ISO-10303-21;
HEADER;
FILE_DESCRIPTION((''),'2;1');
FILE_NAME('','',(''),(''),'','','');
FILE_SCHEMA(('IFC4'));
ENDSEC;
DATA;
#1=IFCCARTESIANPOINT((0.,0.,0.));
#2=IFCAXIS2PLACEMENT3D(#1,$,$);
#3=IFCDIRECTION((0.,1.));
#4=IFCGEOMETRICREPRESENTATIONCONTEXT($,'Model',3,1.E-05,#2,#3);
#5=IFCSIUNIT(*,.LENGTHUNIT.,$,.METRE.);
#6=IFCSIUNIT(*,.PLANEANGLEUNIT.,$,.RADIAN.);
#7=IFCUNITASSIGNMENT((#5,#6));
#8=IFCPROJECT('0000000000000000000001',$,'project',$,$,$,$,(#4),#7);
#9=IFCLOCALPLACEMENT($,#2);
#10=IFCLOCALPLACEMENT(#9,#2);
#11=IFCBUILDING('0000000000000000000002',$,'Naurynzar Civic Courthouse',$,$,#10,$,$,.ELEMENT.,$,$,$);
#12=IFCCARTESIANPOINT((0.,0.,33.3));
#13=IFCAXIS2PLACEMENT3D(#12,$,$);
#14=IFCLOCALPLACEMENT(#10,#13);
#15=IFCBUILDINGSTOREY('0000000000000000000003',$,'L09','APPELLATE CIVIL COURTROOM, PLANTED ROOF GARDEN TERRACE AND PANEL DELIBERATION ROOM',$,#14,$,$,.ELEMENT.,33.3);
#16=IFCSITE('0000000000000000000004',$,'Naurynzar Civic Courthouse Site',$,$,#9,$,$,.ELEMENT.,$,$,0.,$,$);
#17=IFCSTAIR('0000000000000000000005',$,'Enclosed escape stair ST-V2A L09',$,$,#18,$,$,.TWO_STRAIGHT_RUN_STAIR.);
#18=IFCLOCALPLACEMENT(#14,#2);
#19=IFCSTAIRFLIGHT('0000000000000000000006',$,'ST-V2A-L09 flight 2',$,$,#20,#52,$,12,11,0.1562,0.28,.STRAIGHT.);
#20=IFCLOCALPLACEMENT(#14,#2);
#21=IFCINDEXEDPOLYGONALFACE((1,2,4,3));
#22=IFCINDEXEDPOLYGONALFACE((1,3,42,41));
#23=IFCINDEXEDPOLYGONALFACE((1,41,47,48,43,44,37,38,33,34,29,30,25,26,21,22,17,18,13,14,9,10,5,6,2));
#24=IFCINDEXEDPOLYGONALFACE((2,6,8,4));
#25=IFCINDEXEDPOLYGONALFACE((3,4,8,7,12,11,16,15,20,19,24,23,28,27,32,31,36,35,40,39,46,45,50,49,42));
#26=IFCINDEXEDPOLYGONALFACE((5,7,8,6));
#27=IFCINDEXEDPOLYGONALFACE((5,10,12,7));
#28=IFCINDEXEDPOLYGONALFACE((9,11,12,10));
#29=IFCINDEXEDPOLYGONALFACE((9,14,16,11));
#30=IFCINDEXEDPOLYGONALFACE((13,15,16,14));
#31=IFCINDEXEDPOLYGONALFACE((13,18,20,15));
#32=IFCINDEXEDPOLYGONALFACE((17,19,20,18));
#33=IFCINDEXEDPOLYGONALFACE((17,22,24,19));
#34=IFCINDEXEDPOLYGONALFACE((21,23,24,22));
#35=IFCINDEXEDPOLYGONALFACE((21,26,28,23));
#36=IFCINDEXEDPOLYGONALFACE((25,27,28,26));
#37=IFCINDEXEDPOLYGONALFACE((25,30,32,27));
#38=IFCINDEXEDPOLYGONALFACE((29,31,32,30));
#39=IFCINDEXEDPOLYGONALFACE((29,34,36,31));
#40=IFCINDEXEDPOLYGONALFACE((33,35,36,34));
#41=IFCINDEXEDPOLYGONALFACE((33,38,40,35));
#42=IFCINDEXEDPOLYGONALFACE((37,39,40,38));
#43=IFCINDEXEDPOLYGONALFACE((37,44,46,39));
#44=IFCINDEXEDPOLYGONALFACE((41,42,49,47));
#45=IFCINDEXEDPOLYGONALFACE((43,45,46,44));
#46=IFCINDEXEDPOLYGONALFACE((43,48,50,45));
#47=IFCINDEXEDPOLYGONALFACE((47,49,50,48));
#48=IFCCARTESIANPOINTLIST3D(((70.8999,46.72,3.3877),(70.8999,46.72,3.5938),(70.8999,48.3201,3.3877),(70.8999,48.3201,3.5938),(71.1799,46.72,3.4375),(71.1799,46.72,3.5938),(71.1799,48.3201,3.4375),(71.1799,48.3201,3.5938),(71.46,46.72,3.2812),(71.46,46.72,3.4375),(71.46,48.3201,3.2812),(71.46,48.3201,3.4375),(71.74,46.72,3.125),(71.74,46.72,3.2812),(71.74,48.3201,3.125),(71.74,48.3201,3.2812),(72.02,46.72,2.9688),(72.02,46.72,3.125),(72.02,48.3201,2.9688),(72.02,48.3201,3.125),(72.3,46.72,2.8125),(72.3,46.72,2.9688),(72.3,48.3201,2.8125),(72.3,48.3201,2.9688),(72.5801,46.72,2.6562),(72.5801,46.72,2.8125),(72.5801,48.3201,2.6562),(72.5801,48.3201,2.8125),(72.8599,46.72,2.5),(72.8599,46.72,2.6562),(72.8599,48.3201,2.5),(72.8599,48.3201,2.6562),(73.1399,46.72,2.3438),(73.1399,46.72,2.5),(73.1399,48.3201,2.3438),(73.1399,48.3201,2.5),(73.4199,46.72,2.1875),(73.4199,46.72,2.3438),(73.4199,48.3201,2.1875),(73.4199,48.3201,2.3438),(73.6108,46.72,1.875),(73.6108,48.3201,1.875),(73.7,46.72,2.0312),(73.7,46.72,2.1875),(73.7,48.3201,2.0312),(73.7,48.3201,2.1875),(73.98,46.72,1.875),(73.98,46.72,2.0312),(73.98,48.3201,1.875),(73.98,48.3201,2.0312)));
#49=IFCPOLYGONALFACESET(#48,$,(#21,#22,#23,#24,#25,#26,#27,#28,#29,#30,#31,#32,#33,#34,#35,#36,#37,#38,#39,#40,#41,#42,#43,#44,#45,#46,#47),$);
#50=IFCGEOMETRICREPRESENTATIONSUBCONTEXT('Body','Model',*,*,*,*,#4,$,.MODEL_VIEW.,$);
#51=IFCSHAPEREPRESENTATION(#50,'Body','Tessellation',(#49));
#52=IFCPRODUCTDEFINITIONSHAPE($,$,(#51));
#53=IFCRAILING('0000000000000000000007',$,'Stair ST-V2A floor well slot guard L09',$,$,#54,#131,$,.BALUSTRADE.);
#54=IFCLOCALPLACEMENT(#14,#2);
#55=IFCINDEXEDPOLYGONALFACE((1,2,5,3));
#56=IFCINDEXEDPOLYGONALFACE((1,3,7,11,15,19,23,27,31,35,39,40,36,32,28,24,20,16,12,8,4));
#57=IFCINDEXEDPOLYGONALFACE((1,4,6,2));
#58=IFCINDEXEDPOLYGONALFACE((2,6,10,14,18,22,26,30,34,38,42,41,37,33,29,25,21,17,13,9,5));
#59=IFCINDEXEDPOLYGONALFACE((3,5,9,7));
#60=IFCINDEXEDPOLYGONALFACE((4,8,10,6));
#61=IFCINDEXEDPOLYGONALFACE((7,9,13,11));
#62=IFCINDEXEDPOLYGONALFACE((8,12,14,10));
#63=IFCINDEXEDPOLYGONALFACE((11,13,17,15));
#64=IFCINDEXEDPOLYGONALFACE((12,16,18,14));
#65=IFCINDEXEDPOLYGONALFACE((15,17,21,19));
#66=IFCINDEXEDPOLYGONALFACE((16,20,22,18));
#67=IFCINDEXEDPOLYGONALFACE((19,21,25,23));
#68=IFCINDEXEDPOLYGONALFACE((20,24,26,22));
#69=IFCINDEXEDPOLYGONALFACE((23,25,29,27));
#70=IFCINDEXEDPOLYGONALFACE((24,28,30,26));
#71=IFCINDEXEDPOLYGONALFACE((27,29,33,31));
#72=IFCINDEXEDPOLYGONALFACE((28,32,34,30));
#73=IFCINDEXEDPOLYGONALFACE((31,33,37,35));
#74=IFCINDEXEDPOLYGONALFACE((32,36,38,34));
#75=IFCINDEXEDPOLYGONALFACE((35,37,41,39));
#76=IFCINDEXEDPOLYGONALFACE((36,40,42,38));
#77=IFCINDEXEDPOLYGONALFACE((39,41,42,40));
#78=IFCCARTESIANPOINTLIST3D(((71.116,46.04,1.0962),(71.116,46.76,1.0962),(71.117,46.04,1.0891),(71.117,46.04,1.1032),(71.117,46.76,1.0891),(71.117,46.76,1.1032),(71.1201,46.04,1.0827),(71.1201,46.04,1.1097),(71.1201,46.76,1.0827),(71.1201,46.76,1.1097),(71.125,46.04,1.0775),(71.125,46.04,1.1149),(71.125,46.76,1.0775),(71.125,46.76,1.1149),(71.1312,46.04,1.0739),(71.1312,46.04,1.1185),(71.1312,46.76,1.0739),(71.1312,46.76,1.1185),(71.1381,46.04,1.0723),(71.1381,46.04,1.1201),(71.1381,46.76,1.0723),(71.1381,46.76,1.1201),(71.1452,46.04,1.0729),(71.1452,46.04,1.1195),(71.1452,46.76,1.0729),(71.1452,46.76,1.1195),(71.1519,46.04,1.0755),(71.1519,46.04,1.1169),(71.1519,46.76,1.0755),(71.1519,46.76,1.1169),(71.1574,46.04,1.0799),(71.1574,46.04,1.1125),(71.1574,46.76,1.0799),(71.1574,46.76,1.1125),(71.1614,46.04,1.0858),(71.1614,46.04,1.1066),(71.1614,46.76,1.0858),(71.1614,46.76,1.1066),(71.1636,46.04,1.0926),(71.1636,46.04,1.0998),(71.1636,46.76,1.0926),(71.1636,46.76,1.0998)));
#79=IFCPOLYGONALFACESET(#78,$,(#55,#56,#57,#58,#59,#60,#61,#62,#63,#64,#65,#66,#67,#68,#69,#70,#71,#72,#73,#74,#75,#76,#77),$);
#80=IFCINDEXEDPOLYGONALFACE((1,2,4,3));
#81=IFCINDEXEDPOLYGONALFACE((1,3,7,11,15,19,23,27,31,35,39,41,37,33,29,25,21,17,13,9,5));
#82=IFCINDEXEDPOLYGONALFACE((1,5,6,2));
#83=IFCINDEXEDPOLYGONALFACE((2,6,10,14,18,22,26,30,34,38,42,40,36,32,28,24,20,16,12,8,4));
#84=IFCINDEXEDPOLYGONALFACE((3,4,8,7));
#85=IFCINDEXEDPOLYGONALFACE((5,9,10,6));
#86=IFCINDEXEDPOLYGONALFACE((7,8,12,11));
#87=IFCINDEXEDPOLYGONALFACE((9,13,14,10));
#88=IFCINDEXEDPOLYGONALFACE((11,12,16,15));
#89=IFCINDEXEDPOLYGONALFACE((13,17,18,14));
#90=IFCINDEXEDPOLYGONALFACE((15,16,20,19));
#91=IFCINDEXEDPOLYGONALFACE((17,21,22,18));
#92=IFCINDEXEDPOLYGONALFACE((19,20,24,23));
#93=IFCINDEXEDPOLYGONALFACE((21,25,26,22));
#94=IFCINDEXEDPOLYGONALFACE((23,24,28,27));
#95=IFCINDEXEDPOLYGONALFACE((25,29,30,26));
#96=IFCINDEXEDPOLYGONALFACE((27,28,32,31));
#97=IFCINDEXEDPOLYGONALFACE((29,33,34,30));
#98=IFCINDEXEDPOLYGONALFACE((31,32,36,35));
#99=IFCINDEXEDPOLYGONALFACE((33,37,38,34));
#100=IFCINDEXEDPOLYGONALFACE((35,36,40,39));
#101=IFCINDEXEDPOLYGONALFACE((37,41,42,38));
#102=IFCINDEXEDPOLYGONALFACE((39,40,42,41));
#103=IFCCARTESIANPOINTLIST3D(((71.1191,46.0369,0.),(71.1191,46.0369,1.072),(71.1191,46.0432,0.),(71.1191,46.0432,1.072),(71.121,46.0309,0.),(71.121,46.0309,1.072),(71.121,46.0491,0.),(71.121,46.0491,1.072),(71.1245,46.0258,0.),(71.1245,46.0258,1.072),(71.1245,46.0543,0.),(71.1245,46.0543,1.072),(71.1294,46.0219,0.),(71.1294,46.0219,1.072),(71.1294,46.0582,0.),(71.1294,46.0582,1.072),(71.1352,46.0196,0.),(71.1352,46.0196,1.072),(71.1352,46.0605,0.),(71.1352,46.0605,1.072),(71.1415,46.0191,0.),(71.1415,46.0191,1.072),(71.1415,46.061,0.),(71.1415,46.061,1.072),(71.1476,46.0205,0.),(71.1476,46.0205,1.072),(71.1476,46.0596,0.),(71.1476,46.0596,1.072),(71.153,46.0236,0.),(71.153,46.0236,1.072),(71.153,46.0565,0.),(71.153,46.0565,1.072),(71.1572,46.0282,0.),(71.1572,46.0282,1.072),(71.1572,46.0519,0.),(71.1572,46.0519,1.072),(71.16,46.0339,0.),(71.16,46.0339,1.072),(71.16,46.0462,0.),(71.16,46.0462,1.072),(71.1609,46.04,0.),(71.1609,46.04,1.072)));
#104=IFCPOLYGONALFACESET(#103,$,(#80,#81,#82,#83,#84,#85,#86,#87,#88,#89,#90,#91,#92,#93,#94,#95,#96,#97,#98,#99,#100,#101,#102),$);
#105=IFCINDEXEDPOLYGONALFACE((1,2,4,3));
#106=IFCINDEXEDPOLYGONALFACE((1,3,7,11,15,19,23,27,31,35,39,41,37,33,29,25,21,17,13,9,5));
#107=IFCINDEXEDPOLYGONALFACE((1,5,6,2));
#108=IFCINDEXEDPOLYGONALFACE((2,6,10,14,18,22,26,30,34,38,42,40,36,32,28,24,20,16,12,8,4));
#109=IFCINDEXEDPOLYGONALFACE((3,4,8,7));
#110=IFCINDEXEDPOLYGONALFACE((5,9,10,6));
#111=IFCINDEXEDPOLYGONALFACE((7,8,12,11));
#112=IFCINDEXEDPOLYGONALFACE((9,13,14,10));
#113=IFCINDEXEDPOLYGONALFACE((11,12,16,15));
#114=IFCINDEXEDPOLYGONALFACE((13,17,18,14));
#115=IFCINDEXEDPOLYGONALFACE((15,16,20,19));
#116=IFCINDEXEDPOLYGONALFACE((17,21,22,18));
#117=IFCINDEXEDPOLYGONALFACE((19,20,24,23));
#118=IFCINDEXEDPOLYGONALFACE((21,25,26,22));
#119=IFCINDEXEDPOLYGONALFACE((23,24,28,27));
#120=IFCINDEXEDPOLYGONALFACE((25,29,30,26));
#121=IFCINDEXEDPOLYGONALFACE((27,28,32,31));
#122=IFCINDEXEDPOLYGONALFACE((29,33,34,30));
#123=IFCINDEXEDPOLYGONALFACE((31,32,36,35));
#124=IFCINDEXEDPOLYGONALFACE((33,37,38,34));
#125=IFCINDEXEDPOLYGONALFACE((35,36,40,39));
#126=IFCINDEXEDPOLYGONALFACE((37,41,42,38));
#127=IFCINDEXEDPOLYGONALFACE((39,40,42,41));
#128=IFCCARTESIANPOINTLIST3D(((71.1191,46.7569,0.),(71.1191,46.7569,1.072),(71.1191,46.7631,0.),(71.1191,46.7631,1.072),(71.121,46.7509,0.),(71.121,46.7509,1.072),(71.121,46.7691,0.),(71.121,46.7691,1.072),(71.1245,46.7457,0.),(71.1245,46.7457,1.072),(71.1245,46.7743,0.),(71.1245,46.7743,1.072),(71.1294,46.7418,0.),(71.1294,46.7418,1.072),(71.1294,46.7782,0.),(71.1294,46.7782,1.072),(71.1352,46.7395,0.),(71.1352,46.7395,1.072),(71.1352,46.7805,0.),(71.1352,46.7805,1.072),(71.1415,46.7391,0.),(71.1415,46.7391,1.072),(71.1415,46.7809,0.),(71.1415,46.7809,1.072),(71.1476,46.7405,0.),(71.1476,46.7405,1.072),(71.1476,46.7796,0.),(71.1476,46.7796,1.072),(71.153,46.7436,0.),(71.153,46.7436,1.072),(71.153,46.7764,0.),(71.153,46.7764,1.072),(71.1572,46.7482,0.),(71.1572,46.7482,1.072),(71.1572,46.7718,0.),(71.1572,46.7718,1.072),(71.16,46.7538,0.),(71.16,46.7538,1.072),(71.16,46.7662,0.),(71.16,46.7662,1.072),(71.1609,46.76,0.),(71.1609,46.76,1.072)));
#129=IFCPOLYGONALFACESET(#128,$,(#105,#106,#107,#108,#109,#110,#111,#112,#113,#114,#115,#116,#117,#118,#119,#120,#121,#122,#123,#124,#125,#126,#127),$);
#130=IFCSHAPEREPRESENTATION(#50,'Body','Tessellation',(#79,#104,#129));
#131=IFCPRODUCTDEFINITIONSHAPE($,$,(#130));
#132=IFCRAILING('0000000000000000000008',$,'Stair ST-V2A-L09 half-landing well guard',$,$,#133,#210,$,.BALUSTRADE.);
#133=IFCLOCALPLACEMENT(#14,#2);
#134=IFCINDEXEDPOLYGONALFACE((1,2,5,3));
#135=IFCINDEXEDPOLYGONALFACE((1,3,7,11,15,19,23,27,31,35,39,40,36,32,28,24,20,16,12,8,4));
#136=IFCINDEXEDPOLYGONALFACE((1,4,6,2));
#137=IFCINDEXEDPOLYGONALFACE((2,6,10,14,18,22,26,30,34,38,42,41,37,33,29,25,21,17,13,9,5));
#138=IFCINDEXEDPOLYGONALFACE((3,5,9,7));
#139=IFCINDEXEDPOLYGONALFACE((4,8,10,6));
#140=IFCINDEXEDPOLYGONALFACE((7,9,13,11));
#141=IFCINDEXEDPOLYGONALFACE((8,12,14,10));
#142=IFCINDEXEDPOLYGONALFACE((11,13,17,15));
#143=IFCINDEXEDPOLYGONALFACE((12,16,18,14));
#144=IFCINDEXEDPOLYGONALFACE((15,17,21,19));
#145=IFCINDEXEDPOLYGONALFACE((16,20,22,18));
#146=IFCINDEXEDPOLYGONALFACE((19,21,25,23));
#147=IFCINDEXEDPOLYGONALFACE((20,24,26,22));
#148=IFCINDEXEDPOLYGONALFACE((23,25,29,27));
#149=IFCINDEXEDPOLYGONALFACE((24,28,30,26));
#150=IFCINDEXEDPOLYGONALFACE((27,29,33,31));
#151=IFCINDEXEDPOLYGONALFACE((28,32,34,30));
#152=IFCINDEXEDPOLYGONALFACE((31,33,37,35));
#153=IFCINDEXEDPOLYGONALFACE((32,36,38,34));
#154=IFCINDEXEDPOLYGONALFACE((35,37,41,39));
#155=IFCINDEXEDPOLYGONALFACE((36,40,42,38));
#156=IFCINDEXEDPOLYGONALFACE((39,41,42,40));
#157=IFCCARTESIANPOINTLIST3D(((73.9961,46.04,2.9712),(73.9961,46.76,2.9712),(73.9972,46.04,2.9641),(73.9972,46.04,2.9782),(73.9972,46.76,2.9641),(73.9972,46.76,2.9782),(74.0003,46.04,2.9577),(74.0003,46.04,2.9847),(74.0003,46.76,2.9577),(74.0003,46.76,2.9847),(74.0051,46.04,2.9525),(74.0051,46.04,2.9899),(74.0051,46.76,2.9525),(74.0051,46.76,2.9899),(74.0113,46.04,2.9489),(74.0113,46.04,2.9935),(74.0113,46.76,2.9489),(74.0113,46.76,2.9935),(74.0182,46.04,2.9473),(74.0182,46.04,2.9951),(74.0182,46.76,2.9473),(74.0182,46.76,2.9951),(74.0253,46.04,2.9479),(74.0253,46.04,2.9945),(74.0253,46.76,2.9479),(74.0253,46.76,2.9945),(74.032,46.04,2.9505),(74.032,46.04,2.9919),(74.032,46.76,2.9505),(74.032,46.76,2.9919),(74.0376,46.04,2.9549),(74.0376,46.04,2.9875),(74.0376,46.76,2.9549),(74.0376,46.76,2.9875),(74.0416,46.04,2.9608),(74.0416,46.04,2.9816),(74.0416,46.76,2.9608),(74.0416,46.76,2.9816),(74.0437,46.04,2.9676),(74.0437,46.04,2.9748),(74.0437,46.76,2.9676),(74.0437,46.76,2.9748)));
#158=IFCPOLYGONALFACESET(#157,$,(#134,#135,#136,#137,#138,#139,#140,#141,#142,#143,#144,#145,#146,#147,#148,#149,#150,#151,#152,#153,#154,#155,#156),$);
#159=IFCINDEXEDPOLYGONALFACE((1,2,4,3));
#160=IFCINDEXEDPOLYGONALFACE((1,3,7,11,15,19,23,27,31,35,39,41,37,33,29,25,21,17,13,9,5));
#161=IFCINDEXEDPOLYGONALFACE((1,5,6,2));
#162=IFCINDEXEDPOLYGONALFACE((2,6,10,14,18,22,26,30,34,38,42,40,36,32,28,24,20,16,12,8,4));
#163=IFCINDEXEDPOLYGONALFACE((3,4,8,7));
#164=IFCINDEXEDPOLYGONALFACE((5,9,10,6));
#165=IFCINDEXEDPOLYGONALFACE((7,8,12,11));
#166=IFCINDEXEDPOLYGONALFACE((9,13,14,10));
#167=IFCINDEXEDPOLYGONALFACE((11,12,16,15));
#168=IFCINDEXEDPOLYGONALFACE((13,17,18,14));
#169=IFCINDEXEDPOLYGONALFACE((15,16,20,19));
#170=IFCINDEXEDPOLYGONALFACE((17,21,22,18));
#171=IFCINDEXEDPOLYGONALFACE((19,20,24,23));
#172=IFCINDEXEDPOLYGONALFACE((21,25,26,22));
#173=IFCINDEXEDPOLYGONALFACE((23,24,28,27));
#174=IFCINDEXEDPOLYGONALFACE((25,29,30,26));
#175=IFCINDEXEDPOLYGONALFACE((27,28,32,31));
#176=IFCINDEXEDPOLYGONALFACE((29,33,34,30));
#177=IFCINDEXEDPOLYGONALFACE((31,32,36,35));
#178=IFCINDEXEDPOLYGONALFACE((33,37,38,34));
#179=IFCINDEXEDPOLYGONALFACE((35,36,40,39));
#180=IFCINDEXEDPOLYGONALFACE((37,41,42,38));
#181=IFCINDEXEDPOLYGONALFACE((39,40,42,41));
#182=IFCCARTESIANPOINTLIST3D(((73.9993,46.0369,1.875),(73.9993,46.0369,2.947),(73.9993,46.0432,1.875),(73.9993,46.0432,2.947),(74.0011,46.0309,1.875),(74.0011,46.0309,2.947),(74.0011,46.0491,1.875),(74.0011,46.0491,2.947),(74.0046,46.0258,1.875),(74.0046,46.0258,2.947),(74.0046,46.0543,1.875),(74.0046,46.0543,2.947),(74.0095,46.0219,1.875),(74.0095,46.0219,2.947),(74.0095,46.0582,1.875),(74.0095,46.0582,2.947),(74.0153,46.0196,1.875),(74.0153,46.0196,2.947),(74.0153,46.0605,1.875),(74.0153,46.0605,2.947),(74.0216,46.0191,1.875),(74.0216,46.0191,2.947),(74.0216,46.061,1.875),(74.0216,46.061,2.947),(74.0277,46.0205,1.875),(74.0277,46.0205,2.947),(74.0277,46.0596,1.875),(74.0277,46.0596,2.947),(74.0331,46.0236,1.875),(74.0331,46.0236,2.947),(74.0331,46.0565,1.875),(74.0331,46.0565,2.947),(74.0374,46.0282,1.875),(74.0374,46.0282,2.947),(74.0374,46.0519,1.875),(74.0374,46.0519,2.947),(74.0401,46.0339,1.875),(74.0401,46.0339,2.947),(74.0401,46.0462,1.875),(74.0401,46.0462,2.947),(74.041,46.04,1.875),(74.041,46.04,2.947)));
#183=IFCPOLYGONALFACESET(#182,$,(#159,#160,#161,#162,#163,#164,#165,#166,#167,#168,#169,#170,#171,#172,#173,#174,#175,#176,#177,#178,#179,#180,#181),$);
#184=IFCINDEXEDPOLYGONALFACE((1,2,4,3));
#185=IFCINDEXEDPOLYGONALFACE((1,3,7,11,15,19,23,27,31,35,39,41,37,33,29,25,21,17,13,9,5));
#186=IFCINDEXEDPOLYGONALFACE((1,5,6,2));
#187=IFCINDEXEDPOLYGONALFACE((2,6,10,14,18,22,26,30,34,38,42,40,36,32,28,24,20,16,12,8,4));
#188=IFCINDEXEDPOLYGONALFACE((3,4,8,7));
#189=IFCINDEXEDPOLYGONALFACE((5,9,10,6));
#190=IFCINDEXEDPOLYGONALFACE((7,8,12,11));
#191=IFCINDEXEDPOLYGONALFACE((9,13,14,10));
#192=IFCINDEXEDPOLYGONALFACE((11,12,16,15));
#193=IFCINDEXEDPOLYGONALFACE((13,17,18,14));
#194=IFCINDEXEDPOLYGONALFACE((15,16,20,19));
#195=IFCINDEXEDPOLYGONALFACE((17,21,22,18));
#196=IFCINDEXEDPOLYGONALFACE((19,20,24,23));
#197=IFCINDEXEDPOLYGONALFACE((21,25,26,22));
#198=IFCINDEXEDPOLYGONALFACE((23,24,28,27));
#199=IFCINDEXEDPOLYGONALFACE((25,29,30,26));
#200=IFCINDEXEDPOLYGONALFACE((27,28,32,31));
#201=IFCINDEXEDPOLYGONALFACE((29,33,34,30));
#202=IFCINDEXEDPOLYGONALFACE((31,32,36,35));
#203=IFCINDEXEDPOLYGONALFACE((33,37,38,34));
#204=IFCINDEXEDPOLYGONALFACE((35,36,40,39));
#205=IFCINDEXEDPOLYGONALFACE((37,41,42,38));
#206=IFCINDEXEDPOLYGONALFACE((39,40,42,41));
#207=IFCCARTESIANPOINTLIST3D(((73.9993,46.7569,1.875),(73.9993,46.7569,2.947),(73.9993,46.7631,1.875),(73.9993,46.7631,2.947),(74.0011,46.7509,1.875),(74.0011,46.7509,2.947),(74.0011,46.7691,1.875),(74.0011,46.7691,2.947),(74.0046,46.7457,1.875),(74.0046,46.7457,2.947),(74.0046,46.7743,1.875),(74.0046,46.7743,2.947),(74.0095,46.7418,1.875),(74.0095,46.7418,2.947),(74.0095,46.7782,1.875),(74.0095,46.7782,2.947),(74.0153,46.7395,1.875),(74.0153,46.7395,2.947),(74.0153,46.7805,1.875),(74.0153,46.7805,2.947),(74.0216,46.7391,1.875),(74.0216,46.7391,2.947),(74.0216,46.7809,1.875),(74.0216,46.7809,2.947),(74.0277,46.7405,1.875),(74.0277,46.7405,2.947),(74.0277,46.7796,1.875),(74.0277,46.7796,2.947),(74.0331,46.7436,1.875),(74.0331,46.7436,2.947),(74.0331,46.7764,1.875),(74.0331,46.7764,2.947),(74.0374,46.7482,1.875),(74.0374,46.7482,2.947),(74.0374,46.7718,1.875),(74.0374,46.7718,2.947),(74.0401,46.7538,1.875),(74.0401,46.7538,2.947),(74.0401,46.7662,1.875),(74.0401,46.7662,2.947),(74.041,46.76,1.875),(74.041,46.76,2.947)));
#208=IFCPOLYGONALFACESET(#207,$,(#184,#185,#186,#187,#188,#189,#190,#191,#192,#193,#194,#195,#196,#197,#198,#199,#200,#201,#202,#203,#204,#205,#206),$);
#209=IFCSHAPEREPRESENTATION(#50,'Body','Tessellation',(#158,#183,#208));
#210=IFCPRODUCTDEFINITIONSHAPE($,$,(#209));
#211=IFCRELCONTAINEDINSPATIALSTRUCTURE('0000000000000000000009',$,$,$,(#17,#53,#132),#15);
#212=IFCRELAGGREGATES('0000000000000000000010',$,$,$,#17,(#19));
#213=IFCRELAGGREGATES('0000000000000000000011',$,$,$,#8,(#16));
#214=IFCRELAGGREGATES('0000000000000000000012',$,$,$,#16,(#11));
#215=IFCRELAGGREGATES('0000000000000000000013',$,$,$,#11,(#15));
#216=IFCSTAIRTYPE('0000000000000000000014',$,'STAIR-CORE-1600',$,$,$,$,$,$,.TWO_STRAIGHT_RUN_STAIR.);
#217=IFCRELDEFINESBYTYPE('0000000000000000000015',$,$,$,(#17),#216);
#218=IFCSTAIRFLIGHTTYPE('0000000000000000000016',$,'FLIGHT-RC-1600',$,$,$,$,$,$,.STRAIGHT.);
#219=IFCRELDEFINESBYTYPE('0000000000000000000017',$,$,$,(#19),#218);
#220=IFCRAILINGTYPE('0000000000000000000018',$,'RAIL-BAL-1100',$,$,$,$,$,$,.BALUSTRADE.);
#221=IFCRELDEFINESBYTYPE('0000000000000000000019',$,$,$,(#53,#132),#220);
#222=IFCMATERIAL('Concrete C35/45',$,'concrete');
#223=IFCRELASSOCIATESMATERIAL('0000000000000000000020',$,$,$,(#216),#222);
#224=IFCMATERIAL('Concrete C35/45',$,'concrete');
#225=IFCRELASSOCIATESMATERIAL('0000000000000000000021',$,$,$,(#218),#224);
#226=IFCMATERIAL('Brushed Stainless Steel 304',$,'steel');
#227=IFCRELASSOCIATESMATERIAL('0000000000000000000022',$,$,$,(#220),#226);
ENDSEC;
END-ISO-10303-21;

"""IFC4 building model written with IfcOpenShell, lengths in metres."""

from ifc_helpers import new_model, si_unit, direction, frame, origin, origin_2d, place, context, subcontext, project, spatial, polyline, circle, outline, extrude, material, type_object, element, aggregate, save


model = new_model("IFC4")

# Units and contexts
model_context = context("Model", 3, precision=1e-05, world=origin(), true_north=direction((0.0, 1.0)))
body_context = subcontext(model_context, "Body", "Model", "MODEL_VIEW")
ifc_project = project(units=[si_unit("LENGTHUNIT", "METRE"), si_unit("PLANEANGLEUNIT", "RADIAN")], contexts=[model_context])

# Site, building, storey
site_placement = place(None, origin())
site = spatial("IfcSite", under=ifc_project, at=site_placement, Name="Naurynzar Civic Courthouse Site", CompositionType="ELEMENT", RefElevation=0.0)
building_placement = place(site_placement, origin())
building = spatial("IfcBuilding", under=site, at=building_placement, Name="Naurynzar Civic Courthouse", CompositionType="ELEMENT")
storey_placement = place(building_placement, frame((0.0, 0.0, 33.3)))
storey = spatial("IfcBuildingStorey", under=building, at=storey_placement, Name="L09", Description="APPELLATE CIVIL COURTROOM, PLANTED ROOF GARDEN TERRACE AND PANEL DELIBERATION ROOM", CompositionType="ELEMENT", Elevation=33.3)

# Stair, stair flight
ifc_material_1 = material(Name="Concrete C35/45", Category="concrete")
stair_type = type_object("IfcStairType", Name="STAIR-CORE-1600", PredefinedType="TWO_STRAIGHT_RUN_STAIR", material=ifc_material_1)
stair_placement = place(storey_placement, origin())
stair = element("IfcStair", 1, at=stair_placement, inside=storey, type_object=stair_type, Name="Enclosed escape stair ST-V2A L09", PredefinedType="TWO_STRAIGHT_RUN_STAIR")
ifc_material_2 = material(Name="Concrete C35/45", Category="concrete")
stair_flight_type = type_object("IfcStairFlightType", Name="FLIGHT-RC-1600", PredefinedType="STRAIGHT", material=ifc_material_2)
stair_flight_1_placement = place(storey_placement, frame((73.98, 47.52, 1.875), z_axis=(0.0, 0.0, 1.0), x_axis=(-1.0, 0.0, 0.0)))
stair_flight_1 = element("IfcStairFlight", 2, at=stair_flight_1_placement, type_object=stair_flight_type, Name="ST-V2A-L09 flight 2", NumberOfRisers=12, NumberOfTreads=11, PredefinedType="STRAIGHT", RiserHeight=0.1562, TreadLength=0.28, context=body_context, shape_type="SweptSolid", body=[
    extrude(outline(polyline([(0.0, 0.0), (0.0, 0.1562), (0.28, 0.1562), (0.28, 0.3125), (0.5601, 0.3125), (0.5601, 0.4688), (0.8401, 0.4688), (0.8401, 0.625), (1.1201, 0.625), (1.1201, 0.7812), (1.3999, 0.7812), (1.3999, 0.9375), (1.6799, 0.9375), (1.6799, 1.0938), (1.96, 1.0938), (1.96, 1.25), (2.24, 1.25), (2.24, 1.4062), (2.52, 1.4062), (2.52, 1.5625), (2.8, 1.5625), (2.8, 1.7188), (3.0801, 1.7188), (3.0801, 1.875), (3.0801, 1.5127), (0.3691, 0.0), (0.0, 0.0)])), frame((0.0, 0.8, 0.0), z_axis=(0.0, -1.0, 0.0), x_axis=(1.0, 0.0, 0.0)), (0.0, 0.0, 1.0), 1.6001),
])
aggregate(stair, [stair_flight_1])

# Railings
ifc_material_3 = material(Name="Brushed Stainless Steel 304", Category="steel")
railing_type_1 = type_object("IfcRailingType", Name="RAIL-BAL-1100", PredefinedType="BALUSTRADE", material=ifc_material_3)
for number, where, name in (
    (3, (71.1399, 46.04, 0.0), "Stair ST-V2A floor well slot guard L09"),
    (4, (74.02, 46.04, 1.875), "Stair ST-V2A-L09 half-landing well guard"),
):
    element("IfcRailing", number, at=place(storey_placement, frame(where)), inside=storey, type_object=railing_type_1, Name=name, PredefinedType="BALUSTRADE", context=body_context, shape_type="SweptSolid", body=[
        extrude(circle(Radius=0.0239, at=origin_2d()), frame((0.0, 0.0, 1.0962), z_axis=(0.0, 1.0, 0.0), x_axis=(-1.0, 0.0, 0.0)), (0.0, 0.0, 1.0), 0.72),
        extrude(circle(Radius=0.021, at=origin_2d()), origin(), (0.0, 0.0, 1.0), 1.072),
        extrude(circle(Radius=0.021, at=origin_2d()), frame((0.0, 0.72, 0.0)), (0.0, 0.0, 1.0), 1.072),
    ])

save(model, "model.ifc")
